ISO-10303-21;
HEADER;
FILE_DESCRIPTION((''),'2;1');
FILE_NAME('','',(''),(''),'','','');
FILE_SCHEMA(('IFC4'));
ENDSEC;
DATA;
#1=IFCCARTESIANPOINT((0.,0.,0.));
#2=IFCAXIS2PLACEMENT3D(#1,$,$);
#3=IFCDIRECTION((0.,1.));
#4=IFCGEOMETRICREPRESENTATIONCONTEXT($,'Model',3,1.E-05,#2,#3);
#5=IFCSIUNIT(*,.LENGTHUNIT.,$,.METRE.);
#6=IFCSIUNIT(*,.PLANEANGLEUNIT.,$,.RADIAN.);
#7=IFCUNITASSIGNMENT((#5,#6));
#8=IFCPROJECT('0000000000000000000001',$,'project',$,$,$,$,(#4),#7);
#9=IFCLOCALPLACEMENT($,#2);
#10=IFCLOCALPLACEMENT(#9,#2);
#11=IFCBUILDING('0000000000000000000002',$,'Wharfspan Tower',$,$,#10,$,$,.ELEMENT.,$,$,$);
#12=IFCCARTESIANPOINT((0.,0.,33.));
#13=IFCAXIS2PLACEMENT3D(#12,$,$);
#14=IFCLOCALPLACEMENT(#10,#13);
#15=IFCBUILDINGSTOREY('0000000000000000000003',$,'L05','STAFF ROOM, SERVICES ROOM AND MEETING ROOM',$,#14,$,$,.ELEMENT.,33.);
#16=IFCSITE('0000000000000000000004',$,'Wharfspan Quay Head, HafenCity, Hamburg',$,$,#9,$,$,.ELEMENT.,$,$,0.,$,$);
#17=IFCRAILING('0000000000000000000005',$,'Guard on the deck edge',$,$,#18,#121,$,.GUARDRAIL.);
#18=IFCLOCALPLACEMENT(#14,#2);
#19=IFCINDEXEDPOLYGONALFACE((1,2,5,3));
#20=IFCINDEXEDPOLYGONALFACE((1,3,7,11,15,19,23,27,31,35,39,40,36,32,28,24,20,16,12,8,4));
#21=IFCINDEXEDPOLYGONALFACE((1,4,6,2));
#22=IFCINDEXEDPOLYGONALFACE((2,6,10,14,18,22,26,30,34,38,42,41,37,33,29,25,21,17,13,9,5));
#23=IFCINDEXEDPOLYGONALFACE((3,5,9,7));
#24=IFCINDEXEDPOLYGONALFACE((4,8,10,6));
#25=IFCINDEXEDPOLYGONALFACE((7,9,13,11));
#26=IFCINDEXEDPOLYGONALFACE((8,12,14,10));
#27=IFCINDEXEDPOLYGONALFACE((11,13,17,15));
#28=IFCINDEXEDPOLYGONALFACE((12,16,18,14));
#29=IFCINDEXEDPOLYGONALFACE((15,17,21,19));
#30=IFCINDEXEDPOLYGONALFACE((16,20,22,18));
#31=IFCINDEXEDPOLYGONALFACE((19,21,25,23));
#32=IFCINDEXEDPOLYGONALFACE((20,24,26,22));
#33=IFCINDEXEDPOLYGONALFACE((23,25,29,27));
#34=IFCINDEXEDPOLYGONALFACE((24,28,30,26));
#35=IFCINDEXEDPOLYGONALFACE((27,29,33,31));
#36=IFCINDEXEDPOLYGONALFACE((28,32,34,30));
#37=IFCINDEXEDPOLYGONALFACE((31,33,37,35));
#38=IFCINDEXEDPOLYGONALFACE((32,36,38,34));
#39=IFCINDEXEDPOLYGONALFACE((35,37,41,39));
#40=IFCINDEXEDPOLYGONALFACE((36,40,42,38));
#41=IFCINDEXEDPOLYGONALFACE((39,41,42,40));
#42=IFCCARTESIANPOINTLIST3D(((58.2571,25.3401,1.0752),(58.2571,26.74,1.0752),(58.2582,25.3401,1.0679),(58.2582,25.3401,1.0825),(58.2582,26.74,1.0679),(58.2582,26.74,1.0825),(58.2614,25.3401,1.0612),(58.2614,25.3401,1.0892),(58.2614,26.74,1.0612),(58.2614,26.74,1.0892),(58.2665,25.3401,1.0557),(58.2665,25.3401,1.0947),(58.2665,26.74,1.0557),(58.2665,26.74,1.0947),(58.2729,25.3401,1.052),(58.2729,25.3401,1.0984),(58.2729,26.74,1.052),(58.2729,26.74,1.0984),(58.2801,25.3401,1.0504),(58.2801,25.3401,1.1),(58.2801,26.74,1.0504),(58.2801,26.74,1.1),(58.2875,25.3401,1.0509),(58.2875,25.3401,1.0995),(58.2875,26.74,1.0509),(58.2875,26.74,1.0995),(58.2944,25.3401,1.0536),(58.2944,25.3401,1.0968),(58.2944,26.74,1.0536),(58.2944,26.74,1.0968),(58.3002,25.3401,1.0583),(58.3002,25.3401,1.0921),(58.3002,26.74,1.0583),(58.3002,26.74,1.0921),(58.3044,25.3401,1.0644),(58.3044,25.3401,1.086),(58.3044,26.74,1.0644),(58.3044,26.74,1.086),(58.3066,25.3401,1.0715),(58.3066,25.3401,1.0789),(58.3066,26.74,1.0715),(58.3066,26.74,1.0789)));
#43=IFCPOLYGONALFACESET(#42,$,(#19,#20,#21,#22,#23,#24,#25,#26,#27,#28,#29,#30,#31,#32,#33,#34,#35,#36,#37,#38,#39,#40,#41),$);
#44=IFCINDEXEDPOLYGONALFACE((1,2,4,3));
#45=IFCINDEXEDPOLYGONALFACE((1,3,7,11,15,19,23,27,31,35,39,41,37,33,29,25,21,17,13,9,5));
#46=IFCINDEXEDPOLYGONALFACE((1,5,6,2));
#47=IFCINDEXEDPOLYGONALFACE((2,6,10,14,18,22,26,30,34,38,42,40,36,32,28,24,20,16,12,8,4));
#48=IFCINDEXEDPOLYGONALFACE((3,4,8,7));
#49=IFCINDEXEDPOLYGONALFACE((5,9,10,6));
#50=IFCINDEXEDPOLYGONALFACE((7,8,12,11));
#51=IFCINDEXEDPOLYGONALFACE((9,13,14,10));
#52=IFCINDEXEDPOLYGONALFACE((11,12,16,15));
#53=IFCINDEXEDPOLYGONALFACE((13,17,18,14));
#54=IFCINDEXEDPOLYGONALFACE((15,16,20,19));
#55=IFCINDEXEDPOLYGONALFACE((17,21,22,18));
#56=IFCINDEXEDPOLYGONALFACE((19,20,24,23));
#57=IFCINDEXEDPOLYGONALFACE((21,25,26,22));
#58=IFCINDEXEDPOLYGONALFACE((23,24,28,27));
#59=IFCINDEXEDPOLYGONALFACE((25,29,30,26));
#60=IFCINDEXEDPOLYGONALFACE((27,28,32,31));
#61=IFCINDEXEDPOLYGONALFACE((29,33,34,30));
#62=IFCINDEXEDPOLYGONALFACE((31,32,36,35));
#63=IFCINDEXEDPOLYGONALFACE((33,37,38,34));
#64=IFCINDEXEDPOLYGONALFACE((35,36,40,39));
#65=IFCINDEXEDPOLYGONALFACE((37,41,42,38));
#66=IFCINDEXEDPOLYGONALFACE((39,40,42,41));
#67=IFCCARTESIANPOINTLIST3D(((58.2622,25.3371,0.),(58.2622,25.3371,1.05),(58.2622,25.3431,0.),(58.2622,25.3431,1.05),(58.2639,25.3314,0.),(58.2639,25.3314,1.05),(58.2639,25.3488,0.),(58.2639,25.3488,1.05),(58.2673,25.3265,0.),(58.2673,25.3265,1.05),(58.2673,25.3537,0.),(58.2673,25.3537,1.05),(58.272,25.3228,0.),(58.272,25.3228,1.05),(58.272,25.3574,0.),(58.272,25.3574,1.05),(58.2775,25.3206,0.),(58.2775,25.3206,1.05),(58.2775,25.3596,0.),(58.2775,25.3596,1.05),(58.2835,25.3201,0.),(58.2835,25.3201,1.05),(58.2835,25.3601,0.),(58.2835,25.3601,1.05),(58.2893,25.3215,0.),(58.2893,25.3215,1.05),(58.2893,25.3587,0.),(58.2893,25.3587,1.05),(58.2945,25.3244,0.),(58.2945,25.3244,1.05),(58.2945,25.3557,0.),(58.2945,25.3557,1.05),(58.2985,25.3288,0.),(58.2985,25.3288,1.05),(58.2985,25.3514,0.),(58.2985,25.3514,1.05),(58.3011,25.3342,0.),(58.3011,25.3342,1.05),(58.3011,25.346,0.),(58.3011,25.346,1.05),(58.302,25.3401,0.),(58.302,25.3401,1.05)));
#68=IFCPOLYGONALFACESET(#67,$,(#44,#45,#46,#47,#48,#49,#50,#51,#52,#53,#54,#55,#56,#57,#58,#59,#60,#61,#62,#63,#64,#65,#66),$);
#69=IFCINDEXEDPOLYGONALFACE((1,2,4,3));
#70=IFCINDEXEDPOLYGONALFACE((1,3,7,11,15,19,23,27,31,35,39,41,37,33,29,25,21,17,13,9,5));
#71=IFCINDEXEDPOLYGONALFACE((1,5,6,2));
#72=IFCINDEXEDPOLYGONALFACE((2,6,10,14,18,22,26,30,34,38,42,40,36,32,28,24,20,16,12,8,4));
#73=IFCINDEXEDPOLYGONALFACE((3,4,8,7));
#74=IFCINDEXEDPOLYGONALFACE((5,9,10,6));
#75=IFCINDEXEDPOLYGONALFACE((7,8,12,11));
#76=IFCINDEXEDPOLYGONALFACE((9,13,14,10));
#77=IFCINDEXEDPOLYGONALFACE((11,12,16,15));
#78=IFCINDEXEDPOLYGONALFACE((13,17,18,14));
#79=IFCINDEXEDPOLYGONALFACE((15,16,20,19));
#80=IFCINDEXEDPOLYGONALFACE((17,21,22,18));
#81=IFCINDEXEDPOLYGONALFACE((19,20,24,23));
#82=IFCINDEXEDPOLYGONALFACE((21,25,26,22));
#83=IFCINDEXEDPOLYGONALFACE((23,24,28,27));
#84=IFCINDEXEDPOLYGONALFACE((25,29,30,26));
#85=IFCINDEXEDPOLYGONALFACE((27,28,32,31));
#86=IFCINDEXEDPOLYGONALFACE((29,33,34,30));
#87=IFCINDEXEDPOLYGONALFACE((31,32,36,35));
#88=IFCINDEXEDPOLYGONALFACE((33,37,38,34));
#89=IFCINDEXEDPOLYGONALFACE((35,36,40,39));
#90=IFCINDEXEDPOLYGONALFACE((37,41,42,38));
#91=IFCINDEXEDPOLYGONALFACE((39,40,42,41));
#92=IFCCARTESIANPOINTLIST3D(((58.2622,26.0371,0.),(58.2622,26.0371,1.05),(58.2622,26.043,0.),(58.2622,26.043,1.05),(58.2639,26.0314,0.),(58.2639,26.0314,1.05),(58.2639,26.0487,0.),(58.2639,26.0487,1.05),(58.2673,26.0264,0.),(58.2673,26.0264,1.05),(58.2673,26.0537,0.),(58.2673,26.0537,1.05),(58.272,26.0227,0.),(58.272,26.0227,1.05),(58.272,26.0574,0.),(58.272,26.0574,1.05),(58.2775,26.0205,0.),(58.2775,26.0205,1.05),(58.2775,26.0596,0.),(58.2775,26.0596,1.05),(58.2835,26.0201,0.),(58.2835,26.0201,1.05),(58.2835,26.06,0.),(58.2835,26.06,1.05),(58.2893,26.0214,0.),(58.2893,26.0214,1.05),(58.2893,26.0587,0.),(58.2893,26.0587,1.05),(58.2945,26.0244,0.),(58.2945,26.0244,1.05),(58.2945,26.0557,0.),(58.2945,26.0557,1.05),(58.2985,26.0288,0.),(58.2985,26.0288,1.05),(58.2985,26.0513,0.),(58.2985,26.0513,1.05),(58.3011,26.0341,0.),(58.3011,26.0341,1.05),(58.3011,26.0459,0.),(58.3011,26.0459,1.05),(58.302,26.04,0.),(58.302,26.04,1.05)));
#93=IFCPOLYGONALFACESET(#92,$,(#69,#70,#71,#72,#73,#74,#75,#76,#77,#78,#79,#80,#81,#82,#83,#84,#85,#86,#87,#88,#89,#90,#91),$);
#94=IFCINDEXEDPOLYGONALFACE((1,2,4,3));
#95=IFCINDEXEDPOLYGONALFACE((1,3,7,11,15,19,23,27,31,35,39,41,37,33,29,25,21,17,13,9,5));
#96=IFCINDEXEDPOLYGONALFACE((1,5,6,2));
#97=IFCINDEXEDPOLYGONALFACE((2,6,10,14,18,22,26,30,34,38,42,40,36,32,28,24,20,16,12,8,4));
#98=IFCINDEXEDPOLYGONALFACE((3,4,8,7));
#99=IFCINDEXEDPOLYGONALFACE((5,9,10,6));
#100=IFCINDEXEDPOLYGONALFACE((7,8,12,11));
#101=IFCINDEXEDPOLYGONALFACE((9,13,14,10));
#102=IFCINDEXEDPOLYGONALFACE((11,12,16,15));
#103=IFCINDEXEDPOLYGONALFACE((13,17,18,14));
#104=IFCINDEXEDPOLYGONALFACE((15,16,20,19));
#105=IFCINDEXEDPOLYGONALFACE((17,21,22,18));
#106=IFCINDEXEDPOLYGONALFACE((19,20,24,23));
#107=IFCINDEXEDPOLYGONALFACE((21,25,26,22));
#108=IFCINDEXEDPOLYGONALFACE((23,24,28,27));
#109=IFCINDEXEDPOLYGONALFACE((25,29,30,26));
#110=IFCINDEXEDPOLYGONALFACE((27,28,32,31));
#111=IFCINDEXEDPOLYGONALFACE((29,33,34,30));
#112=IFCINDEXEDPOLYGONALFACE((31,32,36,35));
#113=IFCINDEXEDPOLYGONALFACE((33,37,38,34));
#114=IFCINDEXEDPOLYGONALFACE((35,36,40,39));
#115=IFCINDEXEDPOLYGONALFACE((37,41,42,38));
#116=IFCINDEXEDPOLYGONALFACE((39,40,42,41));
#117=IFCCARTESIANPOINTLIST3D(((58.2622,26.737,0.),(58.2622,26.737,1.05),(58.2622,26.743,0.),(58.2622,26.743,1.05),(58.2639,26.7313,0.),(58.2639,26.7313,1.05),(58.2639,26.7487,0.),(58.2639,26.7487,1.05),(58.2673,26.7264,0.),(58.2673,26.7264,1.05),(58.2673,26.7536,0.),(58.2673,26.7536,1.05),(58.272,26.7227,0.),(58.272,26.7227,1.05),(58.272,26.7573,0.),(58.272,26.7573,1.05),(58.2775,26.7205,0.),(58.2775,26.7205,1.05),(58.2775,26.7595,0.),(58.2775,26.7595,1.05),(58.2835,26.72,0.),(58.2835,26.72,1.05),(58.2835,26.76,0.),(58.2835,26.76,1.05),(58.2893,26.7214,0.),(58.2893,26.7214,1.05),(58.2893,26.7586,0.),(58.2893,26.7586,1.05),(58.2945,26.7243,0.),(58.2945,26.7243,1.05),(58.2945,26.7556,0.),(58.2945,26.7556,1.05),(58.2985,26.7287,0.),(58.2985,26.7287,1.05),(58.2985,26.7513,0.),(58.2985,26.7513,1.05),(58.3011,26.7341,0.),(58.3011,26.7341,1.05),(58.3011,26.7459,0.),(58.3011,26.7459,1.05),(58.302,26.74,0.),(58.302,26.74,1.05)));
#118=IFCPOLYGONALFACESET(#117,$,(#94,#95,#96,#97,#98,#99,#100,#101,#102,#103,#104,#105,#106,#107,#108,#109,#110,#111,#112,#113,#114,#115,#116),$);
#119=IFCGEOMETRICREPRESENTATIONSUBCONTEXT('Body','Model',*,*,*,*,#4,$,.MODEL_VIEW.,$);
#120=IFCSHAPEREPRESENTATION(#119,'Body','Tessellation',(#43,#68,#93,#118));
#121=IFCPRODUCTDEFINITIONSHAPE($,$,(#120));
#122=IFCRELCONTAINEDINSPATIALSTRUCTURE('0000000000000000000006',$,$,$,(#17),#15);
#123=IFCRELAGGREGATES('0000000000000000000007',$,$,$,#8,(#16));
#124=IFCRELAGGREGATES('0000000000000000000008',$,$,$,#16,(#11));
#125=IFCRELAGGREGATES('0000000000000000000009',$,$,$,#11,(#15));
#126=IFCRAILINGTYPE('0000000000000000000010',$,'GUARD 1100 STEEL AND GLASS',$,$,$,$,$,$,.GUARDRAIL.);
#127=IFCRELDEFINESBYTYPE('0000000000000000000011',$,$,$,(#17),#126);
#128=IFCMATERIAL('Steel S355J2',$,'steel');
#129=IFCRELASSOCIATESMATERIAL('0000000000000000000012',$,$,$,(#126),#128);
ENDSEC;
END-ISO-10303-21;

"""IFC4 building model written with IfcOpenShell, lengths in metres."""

from ifc_helpers import new_model, si_unit, direction, frame, origin, origin_2d, place, context, subcontext, project, spatial, circle, extrude, material, type_object, element, save


model = new_model("IFC4")

# Units and contexts
model_context = context("Model", 3, precision=1e-05, world=origin(), true_north=direction((0.0, 1.0)))
body_context = subcontext(model_context, "Body", "Model", "MODEL_VIEW")
ifc_project = project(units=[si_unit("LENGTHUNIT", "METRE"), si_unit("PLANEANGLEUNIT", "RADIAN")], contexts=[model_context])

# Site, building, storey
site_placement = place(None, origin())
site = spatial("IfcSite", under=ifc_project, at=site_placement, Name="Wharfspan Quay Head, HafenCity, Hamburg", CompositionType="ELEMENT", RefElevation=0.0)
building_placement = place(site_placement, origin())
building = spatial("IfcBuilding", under=site, at=building_placement, Name="Wharfspan Tower", CompositionType="ELEMENT")
storey_placement = place(building_placement, frame((0.0, 0.0, 33.0)))
storey = spatial("IfcBuildingStorey", under=building, at=storey_placement, Name="L05", Description="STAFF ROOM, SERVICES ROOM AND MEETING ROOM", CompositionType="ELEMENT", Elevation=33.0)

# Railing
ifc_material_1 = material(Name="Steel S355J2", Category="steel")
railing_type = type_object("IfcRailingType", Name="GUARD 1100 STEEL AND GLASS", PredefinedType="GUARDRAIL", material=ifc_material_1)
railing_1_placement = place(storey_placement, frame((58.282, 25.3401, 0.0)))
element("IfcRailing", 1, at=railing_1_placement, inside=storey, type_object=railing_type, Name="Guard on the deck edge", PredefinedType="GUARDRAIL", context=body_context, shape_type="SweptSolid", body=[
    extrude(circle(Radius=0.0249, at=origin_2d()), frame((0.0, 0.0, 1.0752), z_axis=(0.0, 1.0, 0.0), x_axis=(-1.0, 0.0, 0.0)), (0.0, 0.0, 1.0), 1.3999),
    extrude(circle(Radius=0.02, at=origin_2d()), origin(), (0.0, 0.0, 1.0), 1.05),
    extrude(circle(Radius=0.02, at=origin_2d()), frame((0.0, 0.7, 0.0)), (0.0, 0.0, 1.0), 1.05),
    extrude(circle(Radius=0.02, at=origin_2d()), frame((0.0, 1.3999, 0.0)), (0.0, 0.0, 1.0), 1.05),
])

save(model, "model.ifc")
